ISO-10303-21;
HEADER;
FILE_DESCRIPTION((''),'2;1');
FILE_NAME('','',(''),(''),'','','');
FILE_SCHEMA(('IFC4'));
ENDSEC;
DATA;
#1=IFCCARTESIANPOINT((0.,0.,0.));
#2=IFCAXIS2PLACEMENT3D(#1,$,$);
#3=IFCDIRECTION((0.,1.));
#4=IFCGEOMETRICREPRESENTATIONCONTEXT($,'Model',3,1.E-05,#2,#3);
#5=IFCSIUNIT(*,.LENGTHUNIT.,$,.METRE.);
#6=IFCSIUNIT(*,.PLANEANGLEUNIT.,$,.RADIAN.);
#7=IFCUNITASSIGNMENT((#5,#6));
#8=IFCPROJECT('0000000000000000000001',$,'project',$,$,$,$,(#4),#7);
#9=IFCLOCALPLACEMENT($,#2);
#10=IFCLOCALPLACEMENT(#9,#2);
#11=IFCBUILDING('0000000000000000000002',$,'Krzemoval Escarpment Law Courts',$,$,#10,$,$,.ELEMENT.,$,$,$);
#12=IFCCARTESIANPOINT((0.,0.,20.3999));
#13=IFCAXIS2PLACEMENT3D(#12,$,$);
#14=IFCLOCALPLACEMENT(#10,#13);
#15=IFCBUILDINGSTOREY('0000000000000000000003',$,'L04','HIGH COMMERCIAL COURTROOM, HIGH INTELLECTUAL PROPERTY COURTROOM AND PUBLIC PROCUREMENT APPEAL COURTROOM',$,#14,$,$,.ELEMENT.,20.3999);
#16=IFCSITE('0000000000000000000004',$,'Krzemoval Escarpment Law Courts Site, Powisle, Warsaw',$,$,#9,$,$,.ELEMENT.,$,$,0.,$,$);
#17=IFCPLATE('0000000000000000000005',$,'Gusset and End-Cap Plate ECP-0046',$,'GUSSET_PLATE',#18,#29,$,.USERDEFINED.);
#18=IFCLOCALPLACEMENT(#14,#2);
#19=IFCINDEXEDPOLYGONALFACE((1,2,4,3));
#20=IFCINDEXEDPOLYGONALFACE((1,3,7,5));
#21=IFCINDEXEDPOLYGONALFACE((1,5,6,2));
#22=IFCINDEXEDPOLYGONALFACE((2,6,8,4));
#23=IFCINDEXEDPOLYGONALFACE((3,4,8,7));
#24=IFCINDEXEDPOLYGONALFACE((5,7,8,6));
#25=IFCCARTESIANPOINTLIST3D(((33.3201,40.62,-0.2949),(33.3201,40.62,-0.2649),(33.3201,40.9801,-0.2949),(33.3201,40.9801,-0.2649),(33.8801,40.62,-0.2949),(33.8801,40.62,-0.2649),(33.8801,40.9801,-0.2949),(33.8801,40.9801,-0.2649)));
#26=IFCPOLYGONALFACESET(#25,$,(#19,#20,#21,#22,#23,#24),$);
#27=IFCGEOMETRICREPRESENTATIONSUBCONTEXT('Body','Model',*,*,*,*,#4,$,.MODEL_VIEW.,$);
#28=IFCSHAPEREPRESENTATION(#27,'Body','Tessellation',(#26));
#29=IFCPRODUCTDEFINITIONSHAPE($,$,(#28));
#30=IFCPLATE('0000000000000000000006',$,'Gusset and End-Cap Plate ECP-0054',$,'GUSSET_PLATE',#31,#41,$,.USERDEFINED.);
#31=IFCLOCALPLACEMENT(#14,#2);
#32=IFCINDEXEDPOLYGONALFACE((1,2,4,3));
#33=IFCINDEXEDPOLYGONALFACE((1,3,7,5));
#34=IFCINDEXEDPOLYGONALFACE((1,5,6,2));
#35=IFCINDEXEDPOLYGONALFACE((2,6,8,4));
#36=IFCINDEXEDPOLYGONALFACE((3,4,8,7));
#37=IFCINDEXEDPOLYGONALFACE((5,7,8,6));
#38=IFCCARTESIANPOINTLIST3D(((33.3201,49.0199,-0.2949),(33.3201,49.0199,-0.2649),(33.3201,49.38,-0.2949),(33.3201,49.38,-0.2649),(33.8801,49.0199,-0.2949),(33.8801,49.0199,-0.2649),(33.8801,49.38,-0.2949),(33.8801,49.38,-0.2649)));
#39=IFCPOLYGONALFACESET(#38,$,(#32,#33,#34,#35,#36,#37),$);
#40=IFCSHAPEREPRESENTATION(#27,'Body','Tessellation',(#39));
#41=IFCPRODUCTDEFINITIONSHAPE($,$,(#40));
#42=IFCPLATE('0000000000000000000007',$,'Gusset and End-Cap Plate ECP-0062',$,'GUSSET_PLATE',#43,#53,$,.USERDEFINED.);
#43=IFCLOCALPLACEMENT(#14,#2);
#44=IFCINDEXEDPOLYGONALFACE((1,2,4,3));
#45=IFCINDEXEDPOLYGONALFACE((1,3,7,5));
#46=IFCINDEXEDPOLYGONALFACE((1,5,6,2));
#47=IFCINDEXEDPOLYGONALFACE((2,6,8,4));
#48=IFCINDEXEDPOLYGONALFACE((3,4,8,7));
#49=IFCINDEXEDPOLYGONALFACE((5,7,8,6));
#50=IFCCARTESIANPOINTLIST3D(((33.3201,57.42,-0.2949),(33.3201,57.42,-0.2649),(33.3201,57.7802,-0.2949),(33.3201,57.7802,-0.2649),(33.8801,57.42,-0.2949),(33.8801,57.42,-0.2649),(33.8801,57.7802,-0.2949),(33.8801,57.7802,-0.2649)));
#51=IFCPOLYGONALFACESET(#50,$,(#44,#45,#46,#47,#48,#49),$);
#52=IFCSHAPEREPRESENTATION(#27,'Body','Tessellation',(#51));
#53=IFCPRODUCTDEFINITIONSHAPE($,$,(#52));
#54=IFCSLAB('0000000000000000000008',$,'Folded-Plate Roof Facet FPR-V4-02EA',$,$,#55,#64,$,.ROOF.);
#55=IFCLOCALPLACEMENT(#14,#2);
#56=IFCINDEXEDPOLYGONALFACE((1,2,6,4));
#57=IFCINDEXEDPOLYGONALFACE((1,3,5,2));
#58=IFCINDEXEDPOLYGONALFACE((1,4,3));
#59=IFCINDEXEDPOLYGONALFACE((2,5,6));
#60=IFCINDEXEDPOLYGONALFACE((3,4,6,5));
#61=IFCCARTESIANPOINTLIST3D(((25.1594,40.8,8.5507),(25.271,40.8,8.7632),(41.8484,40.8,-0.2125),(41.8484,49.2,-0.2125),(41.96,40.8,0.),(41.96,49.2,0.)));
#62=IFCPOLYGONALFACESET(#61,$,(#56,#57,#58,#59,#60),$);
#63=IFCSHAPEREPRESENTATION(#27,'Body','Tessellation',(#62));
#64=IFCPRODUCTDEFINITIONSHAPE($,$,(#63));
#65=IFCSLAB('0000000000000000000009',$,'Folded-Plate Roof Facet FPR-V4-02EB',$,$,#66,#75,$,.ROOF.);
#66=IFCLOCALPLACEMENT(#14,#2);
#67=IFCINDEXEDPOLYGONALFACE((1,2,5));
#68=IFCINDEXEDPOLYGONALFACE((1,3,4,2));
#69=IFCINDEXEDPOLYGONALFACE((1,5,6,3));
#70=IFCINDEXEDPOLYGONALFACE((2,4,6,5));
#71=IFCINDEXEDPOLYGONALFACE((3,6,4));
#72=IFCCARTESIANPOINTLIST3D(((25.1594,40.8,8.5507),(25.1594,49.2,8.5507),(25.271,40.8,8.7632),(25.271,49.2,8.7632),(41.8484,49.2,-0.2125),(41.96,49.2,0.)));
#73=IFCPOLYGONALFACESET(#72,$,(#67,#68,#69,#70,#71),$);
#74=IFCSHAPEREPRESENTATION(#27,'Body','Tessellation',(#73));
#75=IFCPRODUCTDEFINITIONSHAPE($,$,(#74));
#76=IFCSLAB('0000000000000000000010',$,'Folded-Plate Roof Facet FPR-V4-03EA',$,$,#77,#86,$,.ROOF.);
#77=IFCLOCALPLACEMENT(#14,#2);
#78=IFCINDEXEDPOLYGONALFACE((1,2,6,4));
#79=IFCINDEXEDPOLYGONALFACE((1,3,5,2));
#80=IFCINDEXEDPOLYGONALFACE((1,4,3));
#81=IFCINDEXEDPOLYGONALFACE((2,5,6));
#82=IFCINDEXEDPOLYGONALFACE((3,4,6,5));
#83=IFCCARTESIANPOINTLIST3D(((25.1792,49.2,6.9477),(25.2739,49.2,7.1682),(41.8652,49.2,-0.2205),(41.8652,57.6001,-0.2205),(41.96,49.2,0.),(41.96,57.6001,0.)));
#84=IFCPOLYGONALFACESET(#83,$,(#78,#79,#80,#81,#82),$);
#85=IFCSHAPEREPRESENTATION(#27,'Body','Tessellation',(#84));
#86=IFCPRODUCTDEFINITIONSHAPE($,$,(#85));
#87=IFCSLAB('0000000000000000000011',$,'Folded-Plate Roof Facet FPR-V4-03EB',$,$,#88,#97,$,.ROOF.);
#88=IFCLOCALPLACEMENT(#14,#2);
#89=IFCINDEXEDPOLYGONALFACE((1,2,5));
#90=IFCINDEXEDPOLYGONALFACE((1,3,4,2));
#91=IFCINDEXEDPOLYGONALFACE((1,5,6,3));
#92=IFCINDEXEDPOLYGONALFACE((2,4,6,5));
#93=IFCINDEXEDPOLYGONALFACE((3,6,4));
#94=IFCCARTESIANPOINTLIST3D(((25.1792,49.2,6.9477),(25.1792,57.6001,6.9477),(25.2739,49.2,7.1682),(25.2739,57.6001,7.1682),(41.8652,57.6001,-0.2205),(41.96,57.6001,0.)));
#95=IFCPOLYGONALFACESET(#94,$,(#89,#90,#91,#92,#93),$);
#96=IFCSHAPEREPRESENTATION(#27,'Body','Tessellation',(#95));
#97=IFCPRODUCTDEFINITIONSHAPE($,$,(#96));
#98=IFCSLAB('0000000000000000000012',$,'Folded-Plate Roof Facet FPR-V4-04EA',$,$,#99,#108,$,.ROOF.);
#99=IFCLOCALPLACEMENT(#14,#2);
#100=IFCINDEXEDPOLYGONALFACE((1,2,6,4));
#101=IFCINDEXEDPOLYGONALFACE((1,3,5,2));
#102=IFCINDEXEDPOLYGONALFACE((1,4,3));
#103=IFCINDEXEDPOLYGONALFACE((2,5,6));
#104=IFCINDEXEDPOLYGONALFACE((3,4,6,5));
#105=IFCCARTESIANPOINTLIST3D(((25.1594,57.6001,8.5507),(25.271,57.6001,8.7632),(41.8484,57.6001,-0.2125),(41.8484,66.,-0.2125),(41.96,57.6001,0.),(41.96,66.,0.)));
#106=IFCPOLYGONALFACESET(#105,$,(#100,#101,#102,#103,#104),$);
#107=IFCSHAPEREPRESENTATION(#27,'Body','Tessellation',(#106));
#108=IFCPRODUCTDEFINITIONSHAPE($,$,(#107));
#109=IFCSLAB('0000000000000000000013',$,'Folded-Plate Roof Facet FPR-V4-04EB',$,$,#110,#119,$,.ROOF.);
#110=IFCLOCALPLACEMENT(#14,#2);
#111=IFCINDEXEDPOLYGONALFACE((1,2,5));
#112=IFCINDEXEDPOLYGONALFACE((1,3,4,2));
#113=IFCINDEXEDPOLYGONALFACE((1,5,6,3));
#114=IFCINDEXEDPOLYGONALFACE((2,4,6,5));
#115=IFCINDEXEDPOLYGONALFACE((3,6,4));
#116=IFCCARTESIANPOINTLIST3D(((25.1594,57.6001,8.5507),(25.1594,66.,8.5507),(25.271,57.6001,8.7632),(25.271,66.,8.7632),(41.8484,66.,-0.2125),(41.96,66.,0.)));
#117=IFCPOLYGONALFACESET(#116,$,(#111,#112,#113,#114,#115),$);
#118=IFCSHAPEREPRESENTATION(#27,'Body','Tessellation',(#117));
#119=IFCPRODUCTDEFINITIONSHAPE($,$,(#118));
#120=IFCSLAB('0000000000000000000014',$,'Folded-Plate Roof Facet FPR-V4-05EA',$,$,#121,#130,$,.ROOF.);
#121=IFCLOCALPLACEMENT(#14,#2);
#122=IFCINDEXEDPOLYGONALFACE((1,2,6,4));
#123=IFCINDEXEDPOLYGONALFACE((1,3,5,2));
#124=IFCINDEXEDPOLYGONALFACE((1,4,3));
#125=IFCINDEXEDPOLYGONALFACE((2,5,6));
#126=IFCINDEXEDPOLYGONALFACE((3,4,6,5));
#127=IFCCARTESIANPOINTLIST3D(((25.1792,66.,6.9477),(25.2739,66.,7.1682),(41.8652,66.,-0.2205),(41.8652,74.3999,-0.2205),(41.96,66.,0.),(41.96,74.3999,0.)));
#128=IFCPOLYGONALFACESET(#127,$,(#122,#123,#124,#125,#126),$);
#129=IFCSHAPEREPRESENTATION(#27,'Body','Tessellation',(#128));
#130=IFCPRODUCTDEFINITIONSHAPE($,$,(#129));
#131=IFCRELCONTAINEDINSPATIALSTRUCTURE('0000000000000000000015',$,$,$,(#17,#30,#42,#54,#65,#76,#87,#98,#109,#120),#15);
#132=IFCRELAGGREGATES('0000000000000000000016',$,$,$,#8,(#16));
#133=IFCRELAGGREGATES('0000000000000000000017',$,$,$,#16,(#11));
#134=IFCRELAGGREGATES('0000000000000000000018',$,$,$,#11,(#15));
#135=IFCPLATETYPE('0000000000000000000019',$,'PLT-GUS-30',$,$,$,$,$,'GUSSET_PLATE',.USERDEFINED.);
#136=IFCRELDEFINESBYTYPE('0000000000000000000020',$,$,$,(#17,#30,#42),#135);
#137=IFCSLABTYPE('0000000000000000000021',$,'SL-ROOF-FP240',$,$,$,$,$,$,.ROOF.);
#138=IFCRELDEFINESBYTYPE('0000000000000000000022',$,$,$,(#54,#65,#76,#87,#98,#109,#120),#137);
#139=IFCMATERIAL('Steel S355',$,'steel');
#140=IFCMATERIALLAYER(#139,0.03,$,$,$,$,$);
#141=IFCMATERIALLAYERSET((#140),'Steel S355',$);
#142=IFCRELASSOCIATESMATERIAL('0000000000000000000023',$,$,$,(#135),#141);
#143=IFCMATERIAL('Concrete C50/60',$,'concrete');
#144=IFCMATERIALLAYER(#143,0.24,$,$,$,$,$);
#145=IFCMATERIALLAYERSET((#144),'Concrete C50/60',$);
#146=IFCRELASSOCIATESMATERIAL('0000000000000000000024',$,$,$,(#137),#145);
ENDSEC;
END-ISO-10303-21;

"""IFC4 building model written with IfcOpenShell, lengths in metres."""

from ifc_helpers import new_model, si_unit, direction, frame, origin, origin_2d, place, context, subcontext, project, spatial, polyline, rectangle, outline, extrude, material, layer, layer_set, type_object, element, save


model = new_model("IFC4")

# Units and contexts
model_context = context("Model", 3, precision=1e-05, world=origin(), true_north=direction((0.0, 1.0)))
body_context = subcontext(model_context, "Body", "Model", "MODEL_VIEW")
ifc_project = project(units=[si_unit("LENGTHUNIT", "METRE"), si_unit("PLANEANGLEUNIT", "RADIAN")], contexts=[model_context])

# Site, building, storey
site_placement = place(None, origin())
site = spatial("IfcSite", under=ifc_project, at=site_placement, Name="Krzemoval Escarpment Law Courts Site, Powisle, Warsaw", CompositionType="ELEMENT", RefElevation=0.0)
building_placement = place(site_placement, origin())
building = spatial("IfcBuilding", under=site, at=building_placement, Name="Krzemoval Escarpment Law Courts", CompositionType="ELEMENT")
storey_placement = place(building_placement, frame((0.0, 0.0, 20.3999)))
storey = spatial("IfcBuildingStorey", under=building, at=storey_placement, Name="L04", Description="HIGH COMMERCIAL COURTROOM, HIGH INTELLECTUAL PROPERTY COURTROOM AND PUBLIC PROCUREMENT APPEAL COURTROOM", CompositionType="ELEMENT", Elevation=20.3999)

# Plates
ifc_material_1 = material(Name="Steel S355", Category="steel")
ifc_layer_1 = layer(ifc_material_1, 0.03)
ifc_layer_set_1 = layer_set([ifc_layer_1], Name="Steel S355")
plate_type_1 = type_object("IfcPlateType", Name="PLT-GUS-30", ElementType="GUSSET_PLATE", PredefinedType="USERDEFINED", material=ifc_layer_set_1)
for number, where, z_axis, x_axis, name in (
    (1, (33.6001, 40.8, -0.2949), (0.0, 0.0, 1.0), (1.0, 0.0, 0.0), "Gusset and End-Cap Plate ECP-0046"),
    (2, (33.6001, 49.2, -0.2949), (0.0, 0.0, 1.0), (1.0, 0.0, 0.0), "Gusset and End-Cap Plate ECP-0054"),
    (3, (33.6001, 57.6001, -0.2949), (0.0, 0.0, 1.0), (1.0, 0.0, 0.0), "Gusset and End-Cap Plate ECP-0062"),
):
    element("IfcPlate", number, at=place(storey_placement, frame(where, z_axis=z_axis, x_axis=x_axis)), inside=storey, type_object=plate_type_1, Name=name, ObjectType="GUSSET_PLATE", PredefinedType="USERDEFINED", context=body_context, shape_type="SweptSolid", body=[
        extrude(rectangle(XDim=0.5601, YDim=0.3601, at=origin_2d()), origin(), (0.0, 0.0, 1.0), 0.03),
    ])

# Slabs
ifc_material_2 = material(Name="Concrete C50/60", Category="concrete")
ifc_layer_2 = layer(ifc_material_2, 0.24)
ifc_layer_set_2 = layer_set([ifc_layer_2], Name="Concrete C50/60")
slab_type = type_object("IfcSlabType", Name="SL-ROOF-FP240", PredefinedType="ROOF", material=ifc_layer_set_2)
slab_1_placement = place(storey_placement, frame((25.271, 40.8, 8.7632), z_axis=(0.464895, 0.0, 0.885366), x_axis=(0.885366, 0.0, -0.464895)))
element("IfcSlab", 4, at=slab_1_placement, inside=storey, type_object=slab_type, Name="Folded-Plate Roof Facet FPR-V4-02EA", PredefinedType="ROOF", context=body_context, shape_type="SweptSolid", body=[
    extrude(outline(polyline([(0.0, 0.0), (18.8498, 0.0), (18.8498, 8.3999), (0.0, 0.0)])), origin(), (0.0, 0.0, -1.0), 0.24),
])
slab_2_placement = place(storey_placement, frame((25.271, 40.8, 8.7632), z_axis=(0.464895, 0.0, 0.885366), x_axis=(0.808703, 0.407037, -0.424641)))
element("IfcSlab", 5, at=slab_2_placement, inside=storey, type_object=slab_type, Name="Folded-Plate Roof Facet FPR-V4-02EB", PredefinedType="ROOF", context=body_context, shape_type="SweptSolid", body=[
    extrude(outline(polyline([(0.0, 0.0), (20.6367, 0.0), (3.4191, 7.6726), (0.0, 0.0)])), origin(), (0.0, 0.0, -1.0), 0.24),
])
slab_3_placement = place(storey_placement, frame((25.2739, 49.2, 7.1682), z_axis=(0.394713, 0.0, 0.918805), x_axis=(0.918805, 0.0, -0.394713)))
element("IfcSlab", 6, at=slab_3_placement, inside=storey, type_object=slab_type, Name="Folded-Plate Roof Facet FPR-V4-03EA", PredefinedType="ROOF", context=body_context, shape_type="SweptSolid", body=[
    extrude(outline(polyline([(0.0, 0.0), (18.1606, 0.0), (18.1606, 8.4001), (0.0, 0.0)])), origin(), (0.0, 0.0, -1.0), 0.24),
])
slab_4_placement = place(storey_placement, frame((25.2739, 49.2, 7.1682), z_axis=(0.394713, 0.0, 0.918805), x_axis=(0.833917, 0.419813, -0.358245)))
element("IfcSlab", 7, at=slab_4_placement, inside=storey, type_object=slab_type, Name="Folded-Plate Roof Facet FPR-V4-03EB", PredefinedType="ROOF", context=body_context, shape_type="SweptSolid", body=[
    extrude(outline(polyline([(0.0, 0.0), (20.0092, 0.0), (3.5265, 7.6241), (0.0, 0.0)])), origin(), (0.0, 0.0, -1.0), 0.24),
])
slab_5_placement = place(storey_placement, frame((25.271, 57.6001, 8.7632), z_axis=(0.464895, 0.0, 0.885366), x_axis=(0.885366, 0.0, -0.464895)))
element("IfcSlab", 8, at=slab_5_placement, inside=storey, type_object=slab_type, Name="Folded-Plate Roof Facet FPR-V4-04EA", PredefinedType="ROOF", context=body_context, shape_type="SweptSolid", body=[
    extrude(outline(polyline([(0.0, 0.0), (18.8498, 0.0), (18.8498, 8.3999), (0.0, 0.0)])), origin(), (0.0, 0.0, -1.0), 0.24),
])
slab_6_placement = place(storey_placement, frame((25.271, 57.6001, 8.7632), z_axis=(0.464895, 0.0, 0.885366), x_axis=(0.808703, 0.407037, -0.424641)))
element("IfcSlab", 9, at=slab_6_placement, inside=storey, type_object=slab_type, Name="Folded-Plate Roof Facet FPR-V4-04EB", PredefinedType="ROOF", context=body_context, shape_type="SweptSolid", body=[
    extrude(outline(polyline([(0.0, 0.0), (20.6367, 0.0), (3.4191, 7.6726), (0.0, 0.0)])), origin(), (0.0, 0.0, -1.0), 0.24),
])
slab_7_placement = place(storey_placement, frame((25.2739, 66.0, 7.1682), z_axis=(0.394713, 0.0, 0.918805), x_axis=(0.918805, 0.0, -0.394713)))
element("IfcSlab", 10, at=slab_7_placement, inside=storey, type_object=slab_type, Name="Folded-Plate Roof Facet FPR-V4-05EA", PredefinedType="ROOF", context=body_context, shape_type="SweptSolid", body=[
    extrude(outline(polyline([(0.0, 0.0), (18.1606, 0.0), (18.1606, 8.3999), (0.0, 0.0)])), origin(), (0.0, 0.0, -1.0), 0.24),
])

save(model, "model.ifc")
